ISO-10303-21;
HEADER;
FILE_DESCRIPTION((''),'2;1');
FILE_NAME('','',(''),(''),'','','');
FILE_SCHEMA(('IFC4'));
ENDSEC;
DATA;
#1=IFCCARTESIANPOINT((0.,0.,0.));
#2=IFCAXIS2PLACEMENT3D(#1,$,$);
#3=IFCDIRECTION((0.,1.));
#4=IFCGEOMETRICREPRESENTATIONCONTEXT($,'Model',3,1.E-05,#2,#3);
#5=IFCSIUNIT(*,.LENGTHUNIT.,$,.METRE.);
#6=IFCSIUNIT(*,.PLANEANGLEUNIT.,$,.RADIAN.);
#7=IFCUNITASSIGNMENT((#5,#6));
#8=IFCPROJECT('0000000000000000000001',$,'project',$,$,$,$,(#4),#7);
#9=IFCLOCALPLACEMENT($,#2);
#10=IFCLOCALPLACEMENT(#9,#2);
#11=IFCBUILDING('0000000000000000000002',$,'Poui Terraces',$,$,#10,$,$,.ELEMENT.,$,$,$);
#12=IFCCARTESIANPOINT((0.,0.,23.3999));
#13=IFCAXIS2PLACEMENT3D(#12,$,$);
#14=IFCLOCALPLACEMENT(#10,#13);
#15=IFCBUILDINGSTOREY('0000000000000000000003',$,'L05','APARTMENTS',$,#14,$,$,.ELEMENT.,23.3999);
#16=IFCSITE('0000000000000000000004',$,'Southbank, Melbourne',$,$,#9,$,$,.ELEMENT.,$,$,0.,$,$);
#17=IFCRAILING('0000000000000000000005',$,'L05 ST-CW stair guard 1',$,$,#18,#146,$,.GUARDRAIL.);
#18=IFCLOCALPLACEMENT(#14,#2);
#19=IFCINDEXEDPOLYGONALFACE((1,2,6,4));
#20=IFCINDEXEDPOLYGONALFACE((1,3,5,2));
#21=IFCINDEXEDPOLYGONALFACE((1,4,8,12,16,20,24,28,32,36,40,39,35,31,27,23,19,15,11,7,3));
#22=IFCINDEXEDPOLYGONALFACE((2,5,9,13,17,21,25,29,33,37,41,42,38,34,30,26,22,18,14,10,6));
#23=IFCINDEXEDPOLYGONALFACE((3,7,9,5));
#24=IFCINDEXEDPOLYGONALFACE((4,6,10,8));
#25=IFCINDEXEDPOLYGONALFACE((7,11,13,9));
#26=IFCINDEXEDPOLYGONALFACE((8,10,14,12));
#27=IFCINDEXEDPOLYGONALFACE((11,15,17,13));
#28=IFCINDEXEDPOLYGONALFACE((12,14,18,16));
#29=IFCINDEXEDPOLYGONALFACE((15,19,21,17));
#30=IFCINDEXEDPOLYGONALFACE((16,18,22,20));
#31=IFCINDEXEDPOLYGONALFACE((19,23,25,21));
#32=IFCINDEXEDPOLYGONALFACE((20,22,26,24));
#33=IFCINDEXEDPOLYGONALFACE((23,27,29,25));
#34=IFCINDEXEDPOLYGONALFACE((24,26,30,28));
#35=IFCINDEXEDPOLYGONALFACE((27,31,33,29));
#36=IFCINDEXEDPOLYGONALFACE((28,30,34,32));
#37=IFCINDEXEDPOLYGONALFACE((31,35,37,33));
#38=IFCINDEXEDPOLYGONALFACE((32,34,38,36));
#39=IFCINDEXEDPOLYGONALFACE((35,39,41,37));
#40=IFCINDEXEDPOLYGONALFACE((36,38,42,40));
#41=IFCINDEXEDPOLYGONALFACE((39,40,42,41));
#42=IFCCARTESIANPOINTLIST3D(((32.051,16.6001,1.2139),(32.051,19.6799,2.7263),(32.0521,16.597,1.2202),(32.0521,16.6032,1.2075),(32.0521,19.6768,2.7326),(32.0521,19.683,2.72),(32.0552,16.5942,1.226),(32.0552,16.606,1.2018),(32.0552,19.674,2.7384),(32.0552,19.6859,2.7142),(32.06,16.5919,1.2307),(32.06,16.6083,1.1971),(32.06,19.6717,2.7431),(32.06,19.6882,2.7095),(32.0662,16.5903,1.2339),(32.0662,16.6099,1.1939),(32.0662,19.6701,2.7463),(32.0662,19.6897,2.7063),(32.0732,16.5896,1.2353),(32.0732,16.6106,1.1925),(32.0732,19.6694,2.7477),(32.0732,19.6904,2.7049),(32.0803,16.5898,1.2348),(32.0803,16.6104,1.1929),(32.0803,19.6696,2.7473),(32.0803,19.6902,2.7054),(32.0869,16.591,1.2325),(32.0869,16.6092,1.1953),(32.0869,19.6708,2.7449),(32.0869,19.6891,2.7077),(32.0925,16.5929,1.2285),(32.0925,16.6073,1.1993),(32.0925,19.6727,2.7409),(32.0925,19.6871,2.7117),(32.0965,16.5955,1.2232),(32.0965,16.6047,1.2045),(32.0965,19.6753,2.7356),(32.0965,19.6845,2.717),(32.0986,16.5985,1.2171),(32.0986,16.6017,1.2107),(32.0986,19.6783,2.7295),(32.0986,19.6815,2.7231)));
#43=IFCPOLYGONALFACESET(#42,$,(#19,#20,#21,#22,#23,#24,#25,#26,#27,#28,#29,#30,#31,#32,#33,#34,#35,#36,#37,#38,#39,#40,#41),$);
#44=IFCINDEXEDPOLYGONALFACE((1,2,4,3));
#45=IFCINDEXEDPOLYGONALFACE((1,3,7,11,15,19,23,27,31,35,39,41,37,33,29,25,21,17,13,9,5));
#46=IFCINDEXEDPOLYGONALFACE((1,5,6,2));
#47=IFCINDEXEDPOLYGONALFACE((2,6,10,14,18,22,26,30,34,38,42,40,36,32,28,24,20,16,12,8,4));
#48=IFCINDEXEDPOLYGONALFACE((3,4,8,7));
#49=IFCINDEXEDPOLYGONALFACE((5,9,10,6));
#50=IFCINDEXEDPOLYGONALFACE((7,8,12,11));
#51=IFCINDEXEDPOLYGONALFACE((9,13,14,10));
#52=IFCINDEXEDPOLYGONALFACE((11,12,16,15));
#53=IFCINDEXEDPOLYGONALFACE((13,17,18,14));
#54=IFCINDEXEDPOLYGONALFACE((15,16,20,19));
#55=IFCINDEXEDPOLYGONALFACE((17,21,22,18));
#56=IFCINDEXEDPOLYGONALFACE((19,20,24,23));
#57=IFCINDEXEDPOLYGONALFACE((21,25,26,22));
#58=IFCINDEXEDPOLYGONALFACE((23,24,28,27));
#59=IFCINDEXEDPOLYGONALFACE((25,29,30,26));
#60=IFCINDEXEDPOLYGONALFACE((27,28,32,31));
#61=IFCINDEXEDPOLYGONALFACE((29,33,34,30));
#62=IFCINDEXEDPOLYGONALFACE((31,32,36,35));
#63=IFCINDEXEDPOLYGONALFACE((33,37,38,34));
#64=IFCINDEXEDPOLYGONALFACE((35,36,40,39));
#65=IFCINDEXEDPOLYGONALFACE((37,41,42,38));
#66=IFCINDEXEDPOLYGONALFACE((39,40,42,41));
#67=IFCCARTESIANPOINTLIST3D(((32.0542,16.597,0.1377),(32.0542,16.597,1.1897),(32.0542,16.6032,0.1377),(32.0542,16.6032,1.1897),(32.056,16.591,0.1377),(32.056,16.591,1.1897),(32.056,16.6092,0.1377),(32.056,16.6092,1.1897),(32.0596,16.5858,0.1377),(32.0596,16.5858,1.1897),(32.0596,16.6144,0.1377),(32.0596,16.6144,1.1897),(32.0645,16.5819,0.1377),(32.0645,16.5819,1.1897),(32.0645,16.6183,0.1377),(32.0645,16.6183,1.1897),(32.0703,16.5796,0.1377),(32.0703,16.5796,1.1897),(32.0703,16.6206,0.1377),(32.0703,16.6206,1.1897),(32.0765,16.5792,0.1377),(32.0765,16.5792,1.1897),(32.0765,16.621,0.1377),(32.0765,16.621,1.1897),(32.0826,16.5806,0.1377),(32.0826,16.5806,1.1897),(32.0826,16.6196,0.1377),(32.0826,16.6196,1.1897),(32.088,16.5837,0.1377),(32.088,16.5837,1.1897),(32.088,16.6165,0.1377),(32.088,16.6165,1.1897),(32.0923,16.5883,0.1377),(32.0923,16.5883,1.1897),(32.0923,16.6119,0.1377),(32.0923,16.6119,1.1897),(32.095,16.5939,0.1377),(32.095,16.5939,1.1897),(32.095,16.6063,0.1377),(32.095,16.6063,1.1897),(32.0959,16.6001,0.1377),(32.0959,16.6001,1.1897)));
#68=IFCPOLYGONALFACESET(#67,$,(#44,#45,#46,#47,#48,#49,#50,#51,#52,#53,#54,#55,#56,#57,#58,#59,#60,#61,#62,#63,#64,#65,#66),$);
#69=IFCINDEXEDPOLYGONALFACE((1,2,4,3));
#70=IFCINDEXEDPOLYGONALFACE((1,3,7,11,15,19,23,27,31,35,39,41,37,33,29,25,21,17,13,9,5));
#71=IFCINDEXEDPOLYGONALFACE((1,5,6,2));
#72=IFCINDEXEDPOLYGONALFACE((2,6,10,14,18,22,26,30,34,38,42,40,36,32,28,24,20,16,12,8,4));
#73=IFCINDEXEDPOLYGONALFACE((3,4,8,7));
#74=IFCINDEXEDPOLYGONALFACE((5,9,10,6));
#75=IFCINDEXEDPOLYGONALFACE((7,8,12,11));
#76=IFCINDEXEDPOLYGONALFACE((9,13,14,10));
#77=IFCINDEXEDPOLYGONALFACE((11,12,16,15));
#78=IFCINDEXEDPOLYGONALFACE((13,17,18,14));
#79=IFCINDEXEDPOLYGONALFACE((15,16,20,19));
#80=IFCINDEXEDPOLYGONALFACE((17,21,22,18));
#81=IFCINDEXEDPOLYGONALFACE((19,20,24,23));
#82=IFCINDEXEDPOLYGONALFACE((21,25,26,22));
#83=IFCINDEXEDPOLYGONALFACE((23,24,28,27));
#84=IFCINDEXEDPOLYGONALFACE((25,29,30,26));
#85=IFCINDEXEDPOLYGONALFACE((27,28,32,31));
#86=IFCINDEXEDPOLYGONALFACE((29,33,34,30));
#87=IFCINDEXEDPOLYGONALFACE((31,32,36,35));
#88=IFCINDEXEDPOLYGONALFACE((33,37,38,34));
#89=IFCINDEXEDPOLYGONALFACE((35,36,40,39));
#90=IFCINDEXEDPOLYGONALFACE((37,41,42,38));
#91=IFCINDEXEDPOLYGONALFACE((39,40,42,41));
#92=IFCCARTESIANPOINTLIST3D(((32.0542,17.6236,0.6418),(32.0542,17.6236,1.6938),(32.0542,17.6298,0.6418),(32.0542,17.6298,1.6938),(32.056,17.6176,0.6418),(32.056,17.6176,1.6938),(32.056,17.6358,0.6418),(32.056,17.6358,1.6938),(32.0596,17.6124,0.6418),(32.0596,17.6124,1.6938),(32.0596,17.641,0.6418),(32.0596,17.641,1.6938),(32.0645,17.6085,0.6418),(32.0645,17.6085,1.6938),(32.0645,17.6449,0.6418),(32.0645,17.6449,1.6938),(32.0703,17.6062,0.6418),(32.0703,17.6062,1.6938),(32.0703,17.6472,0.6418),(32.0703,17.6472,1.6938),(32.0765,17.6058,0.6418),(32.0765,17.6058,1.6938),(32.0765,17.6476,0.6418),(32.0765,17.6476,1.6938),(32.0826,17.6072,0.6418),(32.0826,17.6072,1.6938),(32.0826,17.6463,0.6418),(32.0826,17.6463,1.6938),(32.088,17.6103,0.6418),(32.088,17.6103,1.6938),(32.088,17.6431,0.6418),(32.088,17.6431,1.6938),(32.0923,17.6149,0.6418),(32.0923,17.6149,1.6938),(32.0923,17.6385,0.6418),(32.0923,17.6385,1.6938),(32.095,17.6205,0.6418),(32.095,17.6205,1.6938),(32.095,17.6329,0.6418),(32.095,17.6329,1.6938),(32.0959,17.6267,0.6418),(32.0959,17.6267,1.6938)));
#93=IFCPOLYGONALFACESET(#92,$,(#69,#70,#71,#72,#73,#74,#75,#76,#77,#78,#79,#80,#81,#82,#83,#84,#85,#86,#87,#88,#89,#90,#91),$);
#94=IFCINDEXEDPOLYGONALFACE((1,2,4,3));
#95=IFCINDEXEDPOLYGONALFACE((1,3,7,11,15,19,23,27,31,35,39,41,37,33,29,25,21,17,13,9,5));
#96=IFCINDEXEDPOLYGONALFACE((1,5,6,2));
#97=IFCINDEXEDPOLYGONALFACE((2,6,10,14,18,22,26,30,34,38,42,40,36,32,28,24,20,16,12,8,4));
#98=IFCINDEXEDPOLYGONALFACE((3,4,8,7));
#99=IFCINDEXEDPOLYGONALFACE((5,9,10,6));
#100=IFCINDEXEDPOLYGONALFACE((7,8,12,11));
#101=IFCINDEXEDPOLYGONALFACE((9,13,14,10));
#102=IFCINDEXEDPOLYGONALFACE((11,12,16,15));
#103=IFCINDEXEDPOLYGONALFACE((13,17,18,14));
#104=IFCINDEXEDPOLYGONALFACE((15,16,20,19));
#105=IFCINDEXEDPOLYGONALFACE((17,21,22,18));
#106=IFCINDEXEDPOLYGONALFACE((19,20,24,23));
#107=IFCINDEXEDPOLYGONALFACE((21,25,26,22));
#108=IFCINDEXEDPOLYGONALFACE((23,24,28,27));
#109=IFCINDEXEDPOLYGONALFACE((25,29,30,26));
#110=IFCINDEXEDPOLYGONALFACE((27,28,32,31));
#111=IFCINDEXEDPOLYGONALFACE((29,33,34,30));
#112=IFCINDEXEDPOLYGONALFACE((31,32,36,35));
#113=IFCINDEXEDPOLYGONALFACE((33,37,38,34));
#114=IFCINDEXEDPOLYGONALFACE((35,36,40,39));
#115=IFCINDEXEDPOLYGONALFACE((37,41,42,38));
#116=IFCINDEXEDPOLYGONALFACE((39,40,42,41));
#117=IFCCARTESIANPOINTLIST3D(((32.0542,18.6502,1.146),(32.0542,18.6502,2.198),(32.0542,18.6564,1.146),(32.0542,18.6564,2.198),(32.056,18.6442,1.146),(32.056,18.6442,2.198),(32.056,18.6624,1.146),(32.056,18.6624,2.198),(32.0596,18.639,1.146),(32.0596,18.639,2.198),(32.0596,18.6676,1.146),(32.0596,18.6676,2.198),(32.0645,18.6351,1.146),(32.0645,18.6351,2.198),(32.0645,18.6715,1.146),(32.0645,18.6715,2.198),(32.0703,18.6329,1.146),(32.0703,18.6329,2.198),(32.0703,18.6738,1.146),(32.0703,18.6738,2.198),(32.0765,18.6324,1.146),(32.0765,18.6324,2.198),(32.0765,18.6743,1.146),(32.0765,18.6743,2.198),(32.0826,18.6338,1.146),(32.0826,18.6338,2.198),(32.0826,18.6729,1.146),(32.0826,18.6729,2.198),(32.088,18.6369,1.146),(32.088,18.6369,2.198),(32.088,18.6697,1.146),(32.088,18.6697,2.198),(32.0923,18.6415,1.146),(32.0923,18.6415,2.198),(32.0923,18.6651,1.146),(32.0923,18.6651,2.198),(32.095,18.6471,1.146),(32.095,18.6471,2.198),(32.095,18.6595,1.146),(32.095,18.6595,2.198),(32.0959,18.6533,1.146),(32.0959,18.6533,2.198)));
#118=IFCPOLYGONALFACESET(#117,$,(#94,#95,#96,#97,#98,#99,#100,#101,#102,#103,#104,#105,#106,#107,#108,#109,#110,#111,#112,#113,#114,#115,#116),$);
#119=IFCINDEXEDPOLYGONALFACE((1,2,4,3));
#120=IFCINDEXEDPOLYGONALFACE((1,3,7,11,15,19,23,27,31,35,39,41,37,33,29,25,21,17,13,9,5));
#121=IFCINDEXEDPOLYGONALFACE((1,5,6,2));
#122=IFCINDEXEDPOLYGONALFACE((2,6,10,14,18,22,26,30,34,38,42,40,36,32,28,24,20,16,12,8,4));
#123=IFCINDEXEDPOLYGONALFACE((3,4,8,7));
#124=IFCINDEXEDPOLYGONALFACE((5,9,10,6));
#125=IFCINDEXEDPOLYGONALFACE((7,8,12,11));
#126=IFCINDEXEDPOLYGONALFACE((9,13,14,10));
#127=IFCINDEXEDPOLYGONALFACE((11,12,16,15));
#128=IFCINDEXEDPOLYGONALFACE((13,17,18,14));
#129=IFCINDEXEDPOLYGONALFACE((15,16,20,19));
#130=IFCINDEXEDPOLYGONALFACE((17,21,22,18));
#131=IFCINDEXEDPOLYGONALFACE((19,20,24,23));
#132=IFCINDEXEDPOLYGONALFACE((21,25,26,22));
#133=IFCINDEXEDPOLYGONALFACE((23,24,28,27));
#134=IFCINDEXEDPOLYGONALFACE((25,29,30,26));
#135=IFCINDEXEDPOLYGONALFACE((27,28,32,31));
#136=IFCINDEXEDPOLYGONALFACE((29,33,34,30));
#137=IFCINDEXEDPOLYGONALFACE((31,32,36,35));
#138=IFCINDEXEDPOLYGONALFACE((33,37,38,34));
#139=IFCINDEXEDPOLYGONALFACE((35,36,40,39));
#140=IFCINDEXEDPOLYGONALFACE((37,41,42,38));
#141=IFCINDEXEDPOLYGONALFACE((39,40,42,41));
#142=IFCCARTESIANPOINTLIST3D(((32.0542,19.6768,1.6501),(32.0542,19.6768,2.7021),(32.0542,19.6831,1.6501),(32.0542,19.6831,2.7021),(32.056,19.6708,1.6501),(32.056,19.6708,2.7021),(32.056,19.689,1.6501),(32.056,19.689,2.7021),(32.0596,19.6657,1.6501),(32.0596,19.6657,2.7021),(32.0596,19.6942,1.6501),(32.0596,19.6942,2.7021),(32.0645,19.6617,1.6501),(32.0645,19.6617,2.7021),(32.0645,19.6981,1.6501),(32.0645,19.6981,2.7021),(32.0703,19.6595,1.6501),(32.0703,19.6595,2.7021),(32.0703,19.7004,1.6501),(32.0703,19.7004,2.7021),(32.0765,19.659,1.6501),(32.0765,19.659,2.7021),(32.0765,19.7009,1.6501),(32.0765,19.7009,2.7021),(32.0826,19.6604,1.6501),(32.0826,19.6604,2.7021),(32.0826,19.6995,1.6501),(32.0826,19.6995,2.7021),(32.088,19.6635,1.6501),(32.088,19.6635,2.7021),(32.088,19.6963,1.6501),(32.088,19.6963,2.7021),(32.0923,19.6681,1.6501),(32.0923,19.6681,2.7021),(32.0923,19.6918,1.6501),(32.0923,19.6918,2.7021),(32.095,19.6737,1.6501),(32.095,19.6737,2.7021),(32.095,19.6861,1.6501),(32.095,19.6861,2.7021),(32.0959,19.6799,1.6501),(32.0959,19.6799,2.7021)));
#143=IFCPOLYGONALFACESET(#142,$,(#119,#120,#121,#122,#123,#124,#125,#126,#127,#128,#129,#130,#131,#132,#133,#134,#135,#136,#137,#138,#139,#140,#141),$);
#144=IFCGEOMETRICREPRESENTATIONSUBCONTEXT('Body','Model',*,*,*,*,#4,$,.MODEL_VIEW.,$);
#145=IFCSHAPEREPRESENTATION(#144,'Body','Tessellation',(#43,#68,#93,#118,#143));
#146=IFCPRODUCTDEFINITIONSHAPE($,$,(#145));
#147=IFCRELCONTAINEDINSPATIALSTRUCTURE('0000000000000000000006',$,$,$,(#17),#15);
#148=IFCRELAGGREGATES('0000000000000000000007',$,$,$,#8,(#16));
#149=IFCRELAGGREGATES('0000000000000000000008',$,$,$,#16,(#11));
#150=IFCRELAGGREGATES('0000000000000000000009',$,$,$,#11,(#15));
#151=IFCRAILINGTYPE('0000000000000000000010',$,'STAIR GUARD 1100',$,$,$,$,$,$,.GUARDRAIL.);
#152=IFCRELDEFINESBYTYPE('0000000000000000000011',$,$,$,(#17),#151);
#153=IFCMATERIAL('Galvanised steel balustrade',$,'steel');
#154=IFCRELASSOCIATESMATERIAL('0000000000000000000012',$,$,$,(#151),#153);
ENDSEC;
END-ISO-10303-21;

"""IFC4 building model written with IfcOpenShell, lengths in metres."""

from ifc_helpers import new_model, si_unit, direction, frame, origin, origin_2d, place, context, subcontext, project, spatial, circle, extrude, material, type_object, element, save


model = new_model("IFC4")

# Units and contexts
model_context = context("Model", 3, precision=1e-05, world=origin(), true_north=direction((0.0, 1.0)))
body_context = subcontext(model_context, "Body", "Model", "MODEL_VIEW")
ifc_project = project(units=[si_unit("LENGTHUNIT", "METRE"), si_unit("PLANEANGLEUNIT", "RADIAN")], contexts=[model_context])

# Site, building, storey
site_placement = place(None, origin())
site = spatial("IfcSite", under=ifc_project, at=site_placement, Name="Southbank, Melbourne", CompositionType="ELEMENT", RefElevation=0.0)
building_placement = place(site_placement, origin())
building = spatial("IfcBuilding", under=site, at=building_placement, Name="Poui Terraces", CompositionType="ELEMENT")
storey_placement = place(building_placement, frame((0.0, 0.0, 23.3999)))
storey = spatial("IfcBuildingStorey", under=building, at=storey_placement, Name="L05", Description="APARTMENTS", CompositionType="ELEMENT", Elevation=23.3999)

# Railing
ifc_material_1 = material(Name="Galvanised steel balustrade", Category="steel")
railing_type_1 = type_object("IfcRailingType", Name="STAIR GUARD 1100", PredefinedType="GUARDRAIL", material=ifc_material_1)
railing_1_placement = place(storey_placement, frame((32.075, 16.6001, 0.1377)))
element("IfcRailing", 1, at=railing_1_placement, inside=storey, type_object=railing_type_1, Name="L05 ST-CW stair guard 1", PredefinedType="GUARDRAIL", context=body_context, shape_type="SweptSolid", body=[
    extrude(circle(Radius=0.0239, at=origin_2d()), frame((0.0, 0.0, 1.0762), z_axis=(0.0, 0.897606, 0.440798), x_axis=(-1.0, 0.0, 0.0)), (0.0, 0.0, 1.0), 3.4312),
    extrude(circle(Radius=0.021, at=origin_2d()), origin(), (0.0, 0.0, 1.0), 1.052),
    extrude(circle(Radius=0.021, at=origin_2d()), frame((0.0, 1.0266, 0.5042)), (0.0, 0.0, 1.0), 1.052),
    extrude(circle(Radius=0.021, at=origin_2d()), frame((0.0, 2.0532, 1.0083)), (0.0, 0.0, 1.0), 1.052),
    extrude(circle(Radius=0.021, at=origin_2d()), frame((0.0, 3.0798, 1.5125)), (0.0, 0.0, 1.0), 1.052),
])

save(model, "model.ifc")
